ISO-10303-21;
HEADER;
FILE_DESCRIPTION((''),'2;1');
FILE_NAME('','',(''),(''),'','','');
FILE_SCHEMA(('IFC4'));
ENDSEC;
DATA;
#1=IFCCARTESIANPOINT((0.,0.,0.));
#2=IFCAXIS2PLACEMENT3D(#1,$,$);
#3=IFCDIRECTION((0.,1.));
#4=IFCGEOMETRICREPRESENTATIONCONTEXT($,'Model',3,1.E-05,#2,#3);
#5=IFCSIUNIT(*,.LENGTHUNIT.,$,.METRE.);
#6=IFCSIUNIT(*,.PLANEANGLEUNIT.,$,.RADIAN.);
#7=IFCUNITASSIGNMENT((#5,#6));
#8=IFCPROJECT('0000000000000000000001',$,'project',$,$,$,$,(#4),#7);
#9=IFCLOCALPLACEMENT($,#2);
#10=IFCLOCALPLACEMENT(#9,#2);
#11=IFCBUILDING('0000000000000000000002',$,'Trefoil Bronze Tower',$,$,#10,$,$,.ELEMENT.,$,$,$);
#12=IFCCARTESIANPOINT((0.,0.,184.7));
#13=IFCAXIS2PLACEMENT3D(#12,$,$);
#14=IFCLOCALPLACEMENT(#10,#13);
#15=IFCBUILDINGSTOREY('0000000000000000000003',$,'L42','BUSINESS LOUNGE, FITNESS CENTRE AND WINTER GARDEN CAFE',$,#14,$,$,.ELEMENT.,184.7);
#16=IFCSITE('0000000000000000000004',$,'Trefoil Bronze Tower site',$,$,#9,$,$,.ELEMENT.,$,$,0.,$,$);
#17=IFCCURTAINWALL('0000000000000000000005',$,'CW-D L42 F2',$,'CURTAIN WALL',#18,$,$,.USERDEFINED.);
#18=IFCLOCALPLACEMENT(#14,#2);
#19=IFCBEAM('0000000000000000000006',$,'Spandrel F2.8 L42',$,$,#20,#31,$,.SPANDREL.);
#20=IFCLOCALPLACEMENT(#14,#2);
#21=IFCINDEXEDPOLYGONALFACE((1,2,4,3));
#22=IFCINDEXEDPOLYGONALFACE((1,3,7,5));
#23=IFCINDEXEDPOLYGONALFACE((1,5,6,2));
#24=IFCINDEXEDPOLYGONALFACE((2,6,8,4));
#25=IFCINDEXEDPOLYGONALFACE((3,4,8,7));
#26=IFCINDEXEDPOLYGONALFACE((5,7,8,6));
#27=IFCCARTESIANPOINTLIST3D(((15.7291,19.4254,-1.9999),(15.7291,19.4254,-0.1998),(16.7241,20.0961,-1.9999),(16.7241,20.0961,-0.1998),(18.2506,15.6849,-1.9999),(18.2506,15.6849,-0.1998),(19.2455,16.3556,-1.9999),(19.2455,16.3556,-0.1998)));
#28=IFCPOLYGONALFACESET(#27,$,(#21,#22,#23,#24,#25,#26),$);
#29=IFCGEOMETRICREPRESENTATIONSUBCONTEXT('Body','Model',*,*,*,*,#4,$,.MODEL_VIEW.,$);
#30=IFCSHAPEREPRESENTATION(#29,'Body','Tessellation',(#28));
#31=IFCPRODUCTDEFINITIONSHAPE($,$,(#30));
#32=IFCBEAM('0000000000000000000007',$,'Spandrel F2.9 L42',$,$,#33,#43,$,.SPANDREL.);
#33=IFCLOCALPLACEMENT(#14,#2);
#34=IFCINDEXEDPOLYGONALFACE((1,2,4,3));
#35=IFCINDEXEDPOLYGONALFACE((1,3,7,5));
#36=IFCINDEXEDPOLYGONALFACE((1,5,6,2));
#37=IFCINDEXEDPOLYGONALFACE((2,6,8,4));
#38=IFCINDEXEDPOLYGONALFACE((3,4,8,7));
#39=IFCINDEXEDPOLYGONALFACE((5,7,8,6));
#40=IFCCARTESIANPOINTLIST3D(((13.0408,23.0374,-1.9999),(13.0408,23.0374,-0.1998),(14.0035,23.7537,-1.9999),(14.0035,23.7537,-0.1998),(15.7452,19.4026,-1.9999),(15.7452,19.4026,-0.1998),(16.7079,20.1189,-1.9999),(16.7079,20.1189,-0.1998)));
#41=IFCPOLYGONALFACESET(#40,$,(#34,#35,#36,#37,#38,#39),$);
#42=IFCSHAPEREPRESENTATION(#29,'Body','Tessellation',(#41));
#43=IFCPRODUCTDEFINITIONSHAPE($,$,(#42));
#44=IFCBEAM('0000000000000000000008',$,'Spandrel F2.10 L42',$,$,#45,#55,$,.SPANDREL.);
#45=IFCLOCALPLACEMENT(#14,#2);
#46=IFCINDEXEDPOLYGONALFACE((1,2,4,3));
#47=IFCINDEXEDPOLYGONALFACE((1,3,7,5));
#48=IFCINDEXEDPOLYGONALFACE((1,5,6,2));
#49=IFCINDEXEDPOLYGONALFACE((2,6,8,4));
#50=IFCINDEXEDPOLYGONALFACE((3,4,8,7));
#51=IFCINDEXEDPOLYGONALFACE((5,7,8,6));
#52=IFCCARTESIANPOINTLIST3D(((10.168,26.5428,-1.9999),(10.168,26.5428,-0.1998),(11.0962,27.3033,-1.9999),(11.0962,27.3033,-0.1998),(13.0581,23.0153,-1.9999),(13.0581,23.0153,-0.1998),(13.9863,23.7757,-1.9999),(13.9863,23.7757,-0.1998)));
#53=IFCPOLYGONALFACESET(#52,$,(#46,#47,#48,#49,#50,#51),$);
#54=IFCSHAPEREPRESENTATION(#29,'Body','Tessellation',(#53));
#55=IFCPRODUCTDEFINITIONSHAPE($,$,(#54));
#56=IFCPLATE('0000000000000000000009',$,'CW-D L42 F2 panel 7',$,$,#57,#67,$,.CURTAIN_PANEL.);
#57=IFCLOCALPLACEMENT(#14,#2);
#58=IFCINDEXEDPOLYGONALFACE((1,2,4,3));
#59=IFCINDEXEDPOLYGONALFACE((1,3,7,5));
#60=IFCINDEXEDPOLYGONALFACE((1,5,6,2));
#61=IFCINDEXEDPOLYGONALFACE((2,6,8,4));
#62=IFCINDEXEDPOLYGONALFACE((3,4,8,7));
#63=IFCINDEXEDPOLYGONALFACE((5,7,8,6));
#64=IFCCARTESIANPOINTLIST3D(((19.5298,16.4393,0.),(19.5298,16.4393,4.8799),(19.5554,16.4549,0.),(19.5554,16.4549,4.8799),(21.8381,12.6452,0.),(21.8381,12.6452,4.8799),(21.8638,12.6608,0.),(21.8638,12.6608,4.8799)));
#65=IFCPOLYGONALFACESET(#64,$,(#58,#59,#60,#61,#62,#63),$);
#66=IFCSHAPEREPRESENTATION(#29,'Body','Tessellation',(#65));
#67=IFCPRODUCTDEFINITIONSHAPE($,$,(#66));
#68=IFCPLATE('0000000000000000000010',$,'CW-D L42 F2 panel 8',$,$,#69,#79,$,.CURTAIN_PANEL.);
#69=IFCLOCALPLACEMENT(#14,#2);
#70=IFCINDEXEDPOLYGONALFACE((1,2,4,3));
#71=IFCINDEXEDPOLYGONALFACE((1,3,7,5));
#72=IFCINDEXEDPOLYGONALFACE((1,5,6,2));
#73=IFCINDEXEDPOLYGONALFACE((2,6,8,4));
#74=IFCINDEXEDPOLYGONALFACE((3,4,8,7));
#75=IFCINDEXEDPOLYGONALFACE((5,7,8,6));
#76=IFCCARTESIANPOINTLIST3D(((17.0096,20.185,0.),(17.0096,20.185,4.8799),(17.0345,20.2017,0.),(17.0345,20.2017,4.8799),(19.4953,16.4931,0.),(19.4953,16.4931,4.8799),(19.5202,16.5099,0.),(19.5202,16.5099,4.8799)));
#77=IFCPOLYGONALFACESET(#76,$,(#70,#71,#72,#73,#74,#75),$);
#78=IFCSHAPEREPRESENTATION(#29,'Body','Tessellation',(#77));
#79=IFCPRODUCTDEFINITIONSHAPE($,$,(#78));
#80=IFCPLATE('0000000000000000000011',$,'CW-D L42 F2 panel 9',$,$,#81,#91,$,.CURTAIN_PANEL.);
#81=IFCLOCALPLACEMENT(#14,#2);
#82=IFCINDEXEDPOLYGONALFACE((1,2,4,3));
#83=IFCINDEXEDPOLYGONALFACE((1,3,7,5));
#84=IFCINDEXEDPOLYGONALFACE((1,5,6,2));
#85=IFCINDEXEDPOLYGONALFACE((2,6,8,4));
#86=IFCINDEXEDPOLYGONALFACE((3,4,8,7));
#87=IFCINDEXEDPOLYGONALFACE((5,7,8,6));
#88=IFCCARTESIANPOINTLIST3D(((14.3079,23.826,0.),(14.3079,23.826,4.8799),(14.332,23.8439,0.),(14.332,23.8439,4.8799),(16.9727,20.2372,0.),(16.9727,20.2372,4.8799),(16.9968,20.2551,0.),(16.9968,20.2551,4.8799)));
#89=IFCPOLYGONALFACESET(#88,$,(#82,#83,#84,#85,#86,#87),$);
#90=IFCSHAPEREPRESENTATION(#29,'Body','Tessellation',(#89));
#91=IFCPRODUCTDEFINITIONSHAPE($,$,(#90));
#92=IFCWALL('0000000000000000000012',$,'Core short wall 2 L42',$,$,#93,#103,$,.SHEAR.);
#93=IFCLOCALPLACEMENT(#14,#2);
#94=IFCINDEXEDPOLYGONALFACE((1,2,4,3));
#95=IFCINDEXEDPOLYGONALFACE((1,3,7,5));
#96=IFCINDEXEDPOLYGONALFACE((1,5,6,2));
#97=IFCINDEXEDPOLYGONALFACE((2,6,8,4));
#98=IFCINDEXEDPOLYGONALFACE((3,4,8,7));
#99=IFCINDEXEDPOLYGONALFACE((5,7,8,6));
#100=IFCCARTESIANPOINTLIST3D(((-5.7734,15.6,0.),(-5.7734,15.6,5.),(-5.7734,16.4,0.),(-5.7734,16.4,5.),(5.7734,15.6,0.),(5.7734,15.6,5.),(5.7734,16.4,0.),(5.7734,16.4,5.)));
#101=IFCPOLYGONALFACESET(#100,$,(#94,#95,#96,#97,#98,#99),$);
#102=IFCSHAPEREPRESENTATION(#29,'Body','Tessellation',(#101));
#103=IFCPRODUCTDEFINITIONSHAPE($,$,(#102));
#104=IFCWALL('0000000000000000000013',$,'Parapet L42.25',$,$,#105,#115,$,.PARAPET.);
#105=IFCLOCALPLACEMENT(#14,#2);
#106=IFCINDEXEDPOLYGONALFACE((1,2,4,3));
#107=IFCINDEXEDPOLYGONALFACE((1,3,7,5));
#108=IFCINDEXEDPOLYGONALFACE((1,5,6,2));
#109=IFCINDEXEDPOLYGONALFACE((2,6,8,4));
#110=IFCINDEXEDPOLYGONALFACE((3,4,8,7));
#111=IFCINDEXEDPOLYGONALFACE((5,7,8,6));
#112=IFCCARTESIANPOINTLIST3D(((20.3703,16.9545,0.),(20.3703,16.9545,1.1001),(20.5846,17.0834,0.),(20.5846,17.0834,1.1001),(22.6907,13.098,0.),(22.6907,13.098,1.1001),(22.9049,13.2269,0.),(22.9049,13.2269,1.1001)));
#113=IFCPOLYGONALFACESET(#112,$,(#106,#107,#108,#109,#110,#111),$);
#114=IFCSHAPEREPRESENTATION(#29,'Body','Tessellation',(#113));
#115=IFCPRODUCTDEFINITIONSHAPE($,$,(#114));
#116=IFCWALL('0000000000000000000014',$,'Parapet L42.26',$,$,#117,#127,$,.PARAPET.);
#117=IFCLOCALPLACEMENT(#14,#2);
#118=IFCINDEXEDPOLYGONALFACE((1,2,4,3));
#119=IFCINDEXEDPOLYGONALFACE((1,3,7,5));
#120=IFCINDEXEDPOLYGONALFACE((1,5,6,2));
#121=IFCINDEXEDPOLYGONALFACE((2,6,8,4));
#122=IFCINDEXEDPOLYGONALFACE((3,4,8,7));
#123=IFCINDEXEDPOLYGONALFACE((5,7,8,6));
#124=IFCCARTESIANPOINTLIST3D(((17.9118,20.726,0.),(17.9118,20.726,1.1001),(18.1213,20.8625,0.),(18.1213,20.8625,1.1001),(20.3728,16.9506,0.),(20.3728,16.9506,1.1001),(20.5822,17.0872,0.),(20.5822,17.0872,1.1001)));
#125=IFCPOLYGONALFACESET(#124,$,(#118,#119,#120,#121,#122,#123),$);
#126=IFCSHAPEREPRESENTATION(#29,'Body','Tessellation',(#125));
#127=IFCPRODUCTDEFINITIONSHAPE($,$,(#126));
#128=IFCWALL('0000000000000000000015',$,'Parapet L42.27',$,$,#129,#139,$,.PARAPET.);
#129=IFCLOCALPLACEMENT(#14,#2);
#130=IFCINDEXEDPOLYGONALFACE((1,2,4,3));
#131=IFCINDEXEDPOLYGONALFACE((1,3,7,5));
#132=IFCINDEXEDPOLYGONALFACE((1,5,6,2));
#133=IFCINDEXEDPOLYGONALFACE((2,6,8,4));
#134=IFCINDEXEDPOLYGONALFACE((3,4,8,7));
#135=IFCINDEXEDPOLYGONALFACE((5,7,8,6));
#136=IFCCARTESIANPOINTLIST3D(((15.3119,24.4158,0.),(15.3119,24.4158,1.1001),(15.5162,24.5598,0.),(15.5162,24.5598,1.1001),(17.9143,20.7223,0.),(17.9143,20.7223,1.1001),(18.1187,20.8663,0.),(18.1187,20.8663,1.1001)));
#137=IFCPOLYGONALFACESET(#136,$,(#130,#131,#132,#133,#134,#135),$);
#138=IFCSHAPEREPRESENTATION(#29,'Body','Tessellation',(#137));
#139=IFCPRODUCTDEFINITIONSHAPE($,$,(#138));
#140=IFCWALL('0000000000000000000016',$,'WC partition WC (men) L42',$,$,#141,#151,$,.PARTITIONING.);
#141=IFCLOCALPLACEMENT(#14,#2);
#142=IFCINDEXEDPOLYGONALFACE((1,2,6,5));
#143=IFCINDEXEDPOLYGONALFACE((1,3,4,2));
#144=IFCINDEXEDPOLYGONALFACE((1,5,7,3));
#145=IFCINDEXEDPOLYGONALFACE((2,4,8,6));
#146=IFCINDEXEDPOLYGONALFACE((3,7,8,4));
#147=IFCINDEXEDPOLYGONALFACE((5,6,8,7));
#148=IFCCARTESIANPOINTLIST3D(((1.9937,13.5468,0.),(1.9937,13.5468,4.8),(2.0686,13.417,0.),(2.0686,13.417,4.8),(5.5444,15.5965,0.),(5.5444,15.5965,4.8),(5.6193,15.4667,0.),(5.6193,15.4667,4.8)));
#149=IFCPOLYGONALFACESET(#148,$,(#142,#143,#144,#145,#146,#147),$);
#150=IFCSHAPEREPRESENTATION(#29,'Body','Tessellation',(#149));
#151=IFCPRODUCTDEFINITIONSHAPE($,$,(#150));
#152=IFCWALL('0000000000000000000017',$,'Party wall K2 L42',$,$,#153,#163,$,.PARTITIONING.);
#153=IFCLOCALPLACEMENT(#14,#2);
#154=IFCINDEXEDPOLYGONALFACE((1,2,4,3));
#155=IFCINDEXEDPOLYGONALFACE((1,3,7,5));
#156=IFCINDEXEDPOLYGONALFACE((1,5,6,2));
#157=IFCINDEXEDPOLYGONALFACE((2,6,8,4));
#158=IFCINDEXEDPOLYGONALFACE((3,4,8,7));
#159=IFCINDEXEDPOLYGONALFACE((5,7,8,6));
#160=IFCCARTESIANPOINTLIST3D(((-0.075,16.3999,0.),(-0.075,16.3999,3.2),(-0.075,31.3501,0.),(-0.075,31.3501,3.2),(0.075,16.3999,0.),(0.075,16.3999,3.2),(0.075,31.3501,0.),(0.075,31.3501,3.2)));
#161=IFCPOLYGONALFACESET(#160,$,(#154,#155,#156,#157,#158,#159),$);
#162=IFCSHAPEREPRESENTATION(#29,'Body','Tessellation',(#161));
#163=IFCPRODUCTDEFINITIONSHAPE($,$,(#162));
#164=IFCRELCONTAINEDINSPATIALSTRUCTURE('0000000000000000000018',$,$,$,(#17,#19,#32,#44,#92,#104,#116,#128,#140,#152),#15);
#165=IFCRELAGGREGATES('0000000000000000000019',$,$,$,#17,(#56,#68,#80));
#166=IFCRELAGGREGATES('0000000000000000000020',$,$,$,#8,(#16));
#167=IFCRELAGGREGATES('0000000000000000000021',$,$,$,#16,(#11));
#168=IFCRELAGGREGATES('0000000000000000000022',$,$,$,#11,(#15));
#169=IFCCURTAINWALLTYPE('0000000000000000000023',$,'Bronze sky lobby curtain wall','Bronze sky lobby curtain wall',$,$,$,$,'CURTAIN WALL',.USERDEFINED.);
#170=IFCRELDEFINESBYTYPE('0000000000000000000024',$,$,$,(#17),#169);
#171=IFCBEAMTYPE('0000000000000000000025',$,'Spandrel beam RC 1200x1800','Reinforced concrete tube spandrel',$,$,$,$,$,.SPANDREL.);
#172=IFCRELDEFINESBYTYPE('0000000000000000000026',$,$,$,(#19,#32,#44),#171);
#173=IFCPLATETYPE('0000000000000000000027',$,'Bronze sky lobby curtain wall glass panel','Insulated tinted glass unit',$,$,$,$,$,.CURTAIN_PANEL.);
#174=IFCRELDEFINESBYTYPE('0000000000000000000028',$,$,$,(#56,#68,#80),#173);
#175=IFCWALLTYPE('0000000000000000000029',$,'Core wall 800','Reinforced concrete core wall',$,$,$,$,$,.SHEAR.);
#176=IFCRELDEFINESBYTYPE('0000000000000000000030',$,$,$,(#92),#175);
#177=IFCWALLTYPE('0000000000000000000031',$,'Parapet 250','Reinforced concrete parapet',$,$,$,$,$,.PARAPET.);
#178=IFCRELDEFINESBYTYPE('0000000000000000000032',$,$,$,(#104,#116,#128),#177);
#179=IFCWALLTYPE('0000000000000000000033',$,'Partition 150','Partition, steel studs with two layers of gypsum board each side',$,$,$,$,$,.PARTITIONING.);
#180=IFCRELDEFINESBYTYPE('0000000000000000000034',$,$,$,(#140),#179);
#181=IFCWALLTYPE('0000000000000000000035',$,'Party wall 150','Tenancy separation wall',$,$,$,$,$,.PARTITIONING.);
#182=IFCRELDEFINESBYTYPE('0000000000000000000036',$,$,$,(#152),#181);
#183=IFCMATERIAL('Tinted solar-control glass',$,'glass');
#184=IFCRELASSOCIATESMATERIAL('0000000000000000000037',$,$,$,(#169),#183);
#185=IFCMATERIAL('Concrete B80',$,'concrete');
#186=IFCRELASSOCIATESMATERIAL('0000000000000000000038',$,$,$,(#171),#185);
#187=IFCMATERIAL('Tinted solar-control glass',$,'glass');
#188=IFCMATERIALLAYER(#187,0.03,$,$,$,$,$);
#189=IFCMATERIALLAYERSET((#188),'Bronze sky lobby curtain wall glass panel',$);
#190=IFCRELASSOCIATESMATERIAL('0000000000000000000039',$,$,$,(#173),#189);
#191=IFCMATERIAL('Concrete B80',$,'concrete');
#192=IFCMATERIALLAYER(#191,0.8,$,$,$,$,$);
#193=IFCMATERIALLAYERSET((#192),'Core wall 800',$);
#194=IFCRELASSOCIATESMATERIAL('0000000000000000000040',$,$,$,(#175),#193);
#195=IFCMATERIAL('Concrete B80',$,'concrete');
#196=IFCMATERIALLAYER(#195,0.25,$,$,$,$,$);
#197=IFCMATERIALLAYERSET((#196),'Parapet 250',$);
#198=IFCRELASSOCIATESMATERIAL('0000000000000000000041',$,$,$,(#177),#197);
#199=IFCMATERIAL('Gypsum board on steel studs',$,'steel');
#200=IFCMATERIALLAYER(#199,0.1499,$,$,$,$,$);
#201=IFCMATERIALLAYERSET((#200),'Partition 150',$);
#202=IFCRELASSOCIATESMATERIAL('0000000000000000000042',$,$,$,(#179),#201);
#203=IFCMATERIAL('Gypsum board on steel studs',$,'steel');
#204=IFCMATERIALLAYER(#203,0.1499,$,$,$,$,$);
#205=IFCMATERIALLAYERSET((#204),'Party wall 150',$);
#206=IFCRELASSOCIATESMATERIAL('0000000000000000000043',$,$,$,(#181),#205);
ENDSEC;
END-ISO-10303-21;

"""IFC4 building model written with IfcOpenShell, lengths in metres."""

from ifc_helpers import new_model, si_unit, direction, frame, frame_2d, origin, origin_2d, place, context, subcontext, project, spatial, rectangle, extrude, material, layer, layer_set, material_profile, profile_set, type_object, element, aggregate, save


model = new_model("IFC4")

# Units and contexts
model_context = context("Model", 3, precision=1e-05, world=origin(), true_north=direction((0.0, 1.0)))
body_context = subcontext(model_context, "Body", "Model", "MODEL_VIEW")
ifc_project = project(units=[si_unit("LENGTHUNIT", "METRE"), si_unit("PLANEANGLEUNIT", "RADIAN")], contexts=[model_context])

# Site, building, storey
site_placement = place(None, origin())
site = spatial("IfcSite", under=ifc_project, at=site_placement, Name="Trefoil Bronze Tower site", CompositionType="ELEMENT", RefElevation=0.0)
building_placement = place(site_placement, origin())
building = spatial("IfcBuilding", under=site, at=building_placement, Name="Trefoil Bronze Tower", CompositionType="ELEMENT")
storey_placement = place(building_placement, frame((0.0, 0.0, 184.7)))
storey = spatial("IfcBuildingStorey", under=building, at=storey_placement, Name="L42", Description="BUSINESS LOUNGE, FITNESS CENTRE AND WINTER GARDEN CAFE", CompositionType="ELEMENT", Elevation=184.7)

# Curtain wall
ifc_material_1 = material(Name="Tinted solar-control glass", Category="glass")
curtain_wall_type = type_object("IfcCurtainWallType", Name="Bronze sky lobby curtain wall", Description="Bronze sky lobby curtain wall", ElementType="CURTAIN WALL", PredefinedType="USERDEFINED", material=ifc_material_1)
curtain_wall_placement = place(storey_placement, origin())
curtain_wall = element("IfcCurtainWall", 1, at=curtain_wall_placement, inside=storey, type_object=curtain_wall_type, Name="CW-D L42 F2", ObjectType="CURTAIN WALL", PredefinedType="USERDEFINED")

# Beams
ifc_material_2 = material(Name="Concrete B80", Category="concrete")
ifc_material_profile_1 = material_profile(ifc_material_2, rectangle(XDim=1.2, YDim=1.8, at=origin_2d()), Name="RC 1200x1800")
ifc_profile_set_1 = profile_set([ifc_material_profile_1], Name="Concrete B80")
beam_type_1 = type_object("IfcBeamType", Name="Spandrel beam RC 1200x1800", Description="Reinforced concrete tube spandrel", PredefinedType="SPANDREL", material=ifc_profile_set_1)
beam_1_placement = place(storey_placement, frame((18.748, 16.0203, -1.0999), z_axis=(-0.558964, 0.829192, 0.0), x_axis=(-0.829192, -0.558964, 0.0)))
element("IfcBeam", 2, at=beam_1_placement, inside=storey, type_object=beam_type_1, Name="Spandrel F2.8 L42", PredefinedType="SPANDREL", context=body_context, shape_type="SweptSolid", body=[
    extrude(rectangle(XDim=1.2, YDim=1.8, at=origin_2d()), origin(), (0.0, 0.0, 1.0), 4.511),
])
beam_2_placement = place(storey_placement, frame((16.2266, 19.7607, -1.0999), z_axis=(-0.596926, 0.802296, 0.0), x_axis=(-0.802296, -0.596926, 0.0)))
element("IfcBeam", 3, at=beam_2_placement, inside=storey, type_object=beam_type_1, Name="Spandrel F2.9 L42", PredefinedType="SPANDREL", context=body_context, shape_type="SweptSolid", body=[
    extrude(rectangle(XDim=1.2, YDim=1.8, at=origin_2d()), origin(), (0.0, 0.0, 1.0), 4.5305),
])
beam_3_placement = place(storey_placement, frame((13.5222, 23.3955, -1.0999), z_axis=(-0.633754, 0.773535, 0.0), x_axis=(-0.773535, -0.633754, 0.0)))
element("IfcBeam", 4, at=beam_3_placement, inside=storey, type_object=beam_type_1, Name="Spandrel F2.10 L42", PredefinedType="SPANDREL", context=body_context, shape_type="SweptSolid", body=[
    extrude(rectangle(XDim=1.2, YDim=1.8, at=origin_2d()), origin(), (0.0, 0.0, 1.0), 4.5603),
])

# Plates
ifc_material_3 = material(Name="Tinted solar-control glass", Category="glass")
ifc_layer_1 = layer(ifc_material_3, 0.03)
ifc_layer_set_1 = layer_set([ifc_layer_1], Name="Bronze sky lobby curtain wall glass panel")
plate_type = type_object("IfcPlateType", Name="Bronze sky lobby curtain wall glass panel", Description="Insulated tinted glass unit", PredefinedType="CURTAIN_PANEL", material=ifc_layer_set_1)
plate_1_placement = place(storey_placement, frame((20.6968, 14.55, 0.0), z_axis=(0.0, 0.0, 1.0), x_axis=(-0.519762, 0.854311, 0.0)))
plate_1 = element("IfcPlate", 5, at=plate_1_placement, type_object=plate_type, Name="CW-D L42 F2 panel 7", PredefinedType="CURTAIN_PANEL", context=body_context, shape_type="SweptSolid", body=[
    extrude(rectangle(XDim=4.4412, YDim=0.03, at=origin_2d()), origin(), (0.0, 0.0, 1.0), 4.8799),
])
plate_2_placement = place(storey_placement, frame((18.2649, 18.3474, 0.0), z_axis=(0.0, 0.0, 1.0), x_axis=(-0.558493, 0.829509, 0.0)))
plate_2 = element("IfcPlate", 6, at=plate_2_placement, type_object=plate_type, Name="CW-D L42 F2 panel 8", PredefinedType="CURTAIN_PANEL", context=body_context, shape_type="SweptSolid", body=[
    extrude(rectangle(XDim=4.4507, YDim=0.03, at=origin_2d()), origin(), (0.0, 0.0, 1.0), 4.8799),
])
plate_3_placement = place(storey_placement, frame((15.6523, 22.0405, 0.0), z_axis=(0.0, 0.0, 1.0), x_axis=(-0.596162, 0.802865, 0.0)))
plate_3 = element("IfcPlate", 7, at=plate_3_placement, type_object=plate_type, Name="CW-D L42 F2 panel 9", PredefinedType="CURTAIN_PANEL", context=body_context, shape_type="SweptSolid", body=[
    extrude(rectangle(XDim=4.47, YDim=0.03, at=origin_2d()), origin(), (0.0, 0.0, 1.0), 4.8799),
])
aggregate(curtain_wall, [plate_1, plate_2, plate_3])

# Walls
ifc_material_4 = material(Name="Concrete B80", Category="concrete")
ifc_layer_2 = layer(ifc_material_4, 0.8)
ifc_layer_set_2 = layer_set([ifc_layer_2], Name="Core wall 800")
wall_type_1 = type_object("IfcWallType", Name="Core wall 800", Description="Reinforced concrete core wall", PredefinedType="SHEAR", material=ifc_layer_set_2)
wall_1_placement = place(storey_placement, frame((5.7734, 16.0, 0.0), z_axis=(0.0, 0.0, 1.0), x_axis=(-1.0, 0.0, 0.0)))
element("IfcWall", 8, at=wall_1_placement, inside=storey, type_object=wall_type_1, Name="Core short wall 2 L42", PredefinedType="SHEAR", context=body_context, shape_type="SweptSolid", body=[
    extrude(rectangle(XDim=11.5469, YDim=0.8, at=frame_2d((5.7734, 0.0))), origin(), (0.0, 0.0, 1.0), 5.0),
])
ifc_material_5 = material(Name="Concrete B80", Category="concrete")
ifc_layer_3 = layer(ifc_material_5, 0.25)
ifc_layer_set_3 = layer_set([ifc_layer_3], Name="Parapet 250")
wall_type_2 = type_object("IfcWallType", Name="Parapet 250", Description="Reinforced concrete parapet", PredefinedType="PARAPET", material=ifc_layer_set_3)
wall_2_placement = place(storey_placement, frame((22.7979, 13.1624, 0.0), z_axis=(0.0, 0.0, 1.0), x_axis=(-0.515548, 0.85686, 0.0)))
element("IfcWall", 9, at=wall_2_placement, inside=storey, type_object=wall_type_2, Name="Parapet L42.25", PredefinedType="PARAPET", context=body_context, shape_type="SweptSolid", body=[
    extrude(rectangle(XDim=4.5007, YDim=0.25, at=frame_2d((2.2505, 0.0))), origin(), (0.0, 0.0, 1.0), 1.1001),
])
wall_3_placement = place(storey_placement, frame((20.4775, 17.0188, 0.0), z_axis=(0.0, 0.0, 1.0), x_axis=(-0.546069, 0.83774, 0.0)))
element("IfcWall", 10, at=wall_3_placement, inside=storey, type_object=wall_type_2, Name="Parapet L42.26", PredefinedType="PARAPET", context=body_context, shape_type="SweptSolid", body=[
    extrude(rectangle(XDim=4.5066, YDim=0.25, at=frame_2d((2.2534, 0.0))), origin(), (0.0, 0.0, 1.0), 1.1001),
])
wall_4_placement = place(storey_placement, frame((18.0166, 20.7942, 0.0), z_axis=(0.0, 0.0, 1.0), x_axis=(-0.575987, 0.817459, 0.0)))
element("IfcWall", 11, at=wall_4_placement, inside=storey, type_object=wall_type_2, Name="Parapet L42.27", PredefinedType="PARAPET", context=body_context, shape_type="SweptSolid", body=[
    extrude(rectangle(XDim=4.5183, YDim=0.25, at=frame_2d((2.2593, 0.0))), origin(), (0.0, 0.0, 1.0), 1.1001),
])
ifc_material_6 = material(Name="Gypsum board on steel studs", Category="steel")
ifc_layer_4 = layer(ifc_material_6, 0.1499)
ifc_layer_set_4 = layer_set([ifc_layer_4], Name="Partition 150")
wall_type_3 = type_object("IfcWallType", Name="Partition 150", Description="Partition, steel studs with two layers of gypsum board each side", PredefinedType="PARTITIONING", material=ifc_layer_set_4)
wall_5_placement = place(storey_placement, frame((2.0312, 13.4819, 0.0), z_axis=(0.0, 0.0, 1.0), x_axis=(0.866051, 0.499956, 0.0)))
element("IfcWall", 12, at=wall_5_placement, inside=storey, type_object=wall_type_3, Name="WC partition WC (men) L42", PredefinedType="PARTITIONING", context=body_context, shape_type="SweptSolid", body=[
    extrude(rectangle(XDim=4.0999, YDim=0.1499, at=frame_2d((2.0498, 0.0))), origin(), (0.0, 0.0, 1.0), 4.8),
])
ifc_material_7 = material(Name="Gypsum board on steel studs", Category="steel")
ifc_layer_5 = layer(ifc_material_7, 0.1499)
ifc_layer_set_5 = layer_set([ifc_layer_5], Name="Party wall 150")
wall_type_4 = type_object("IfcWallType", Name="Party wall 150", Description="Tenancy separation wall", PredefinedType="PARTITIONING", material=ifc_layer_set_5)
wall_6_placement = place(storey_placement, frame((0.0, 16.3999, 0.0), z_axis=(0.0, 0.0, 1.0), x_axis=(0.0, 1.0, 0.0)))
element("IfcWall", 13, at=wall_6_placement, inside=storey, type_object=wall_type_4, Name="Party wall K2 L42", PredefinedType="PARTITIONING", context=body_context, shape_type="SweptSolid", body=[
    extrude(rectangle(XDim=14.9502, YDim=0.1499, at=frame_2d((7.4751, 0.0))), origin(), (0.0, 0.0, 1.0), 3.2),
])

save(model, "model.ifc")
